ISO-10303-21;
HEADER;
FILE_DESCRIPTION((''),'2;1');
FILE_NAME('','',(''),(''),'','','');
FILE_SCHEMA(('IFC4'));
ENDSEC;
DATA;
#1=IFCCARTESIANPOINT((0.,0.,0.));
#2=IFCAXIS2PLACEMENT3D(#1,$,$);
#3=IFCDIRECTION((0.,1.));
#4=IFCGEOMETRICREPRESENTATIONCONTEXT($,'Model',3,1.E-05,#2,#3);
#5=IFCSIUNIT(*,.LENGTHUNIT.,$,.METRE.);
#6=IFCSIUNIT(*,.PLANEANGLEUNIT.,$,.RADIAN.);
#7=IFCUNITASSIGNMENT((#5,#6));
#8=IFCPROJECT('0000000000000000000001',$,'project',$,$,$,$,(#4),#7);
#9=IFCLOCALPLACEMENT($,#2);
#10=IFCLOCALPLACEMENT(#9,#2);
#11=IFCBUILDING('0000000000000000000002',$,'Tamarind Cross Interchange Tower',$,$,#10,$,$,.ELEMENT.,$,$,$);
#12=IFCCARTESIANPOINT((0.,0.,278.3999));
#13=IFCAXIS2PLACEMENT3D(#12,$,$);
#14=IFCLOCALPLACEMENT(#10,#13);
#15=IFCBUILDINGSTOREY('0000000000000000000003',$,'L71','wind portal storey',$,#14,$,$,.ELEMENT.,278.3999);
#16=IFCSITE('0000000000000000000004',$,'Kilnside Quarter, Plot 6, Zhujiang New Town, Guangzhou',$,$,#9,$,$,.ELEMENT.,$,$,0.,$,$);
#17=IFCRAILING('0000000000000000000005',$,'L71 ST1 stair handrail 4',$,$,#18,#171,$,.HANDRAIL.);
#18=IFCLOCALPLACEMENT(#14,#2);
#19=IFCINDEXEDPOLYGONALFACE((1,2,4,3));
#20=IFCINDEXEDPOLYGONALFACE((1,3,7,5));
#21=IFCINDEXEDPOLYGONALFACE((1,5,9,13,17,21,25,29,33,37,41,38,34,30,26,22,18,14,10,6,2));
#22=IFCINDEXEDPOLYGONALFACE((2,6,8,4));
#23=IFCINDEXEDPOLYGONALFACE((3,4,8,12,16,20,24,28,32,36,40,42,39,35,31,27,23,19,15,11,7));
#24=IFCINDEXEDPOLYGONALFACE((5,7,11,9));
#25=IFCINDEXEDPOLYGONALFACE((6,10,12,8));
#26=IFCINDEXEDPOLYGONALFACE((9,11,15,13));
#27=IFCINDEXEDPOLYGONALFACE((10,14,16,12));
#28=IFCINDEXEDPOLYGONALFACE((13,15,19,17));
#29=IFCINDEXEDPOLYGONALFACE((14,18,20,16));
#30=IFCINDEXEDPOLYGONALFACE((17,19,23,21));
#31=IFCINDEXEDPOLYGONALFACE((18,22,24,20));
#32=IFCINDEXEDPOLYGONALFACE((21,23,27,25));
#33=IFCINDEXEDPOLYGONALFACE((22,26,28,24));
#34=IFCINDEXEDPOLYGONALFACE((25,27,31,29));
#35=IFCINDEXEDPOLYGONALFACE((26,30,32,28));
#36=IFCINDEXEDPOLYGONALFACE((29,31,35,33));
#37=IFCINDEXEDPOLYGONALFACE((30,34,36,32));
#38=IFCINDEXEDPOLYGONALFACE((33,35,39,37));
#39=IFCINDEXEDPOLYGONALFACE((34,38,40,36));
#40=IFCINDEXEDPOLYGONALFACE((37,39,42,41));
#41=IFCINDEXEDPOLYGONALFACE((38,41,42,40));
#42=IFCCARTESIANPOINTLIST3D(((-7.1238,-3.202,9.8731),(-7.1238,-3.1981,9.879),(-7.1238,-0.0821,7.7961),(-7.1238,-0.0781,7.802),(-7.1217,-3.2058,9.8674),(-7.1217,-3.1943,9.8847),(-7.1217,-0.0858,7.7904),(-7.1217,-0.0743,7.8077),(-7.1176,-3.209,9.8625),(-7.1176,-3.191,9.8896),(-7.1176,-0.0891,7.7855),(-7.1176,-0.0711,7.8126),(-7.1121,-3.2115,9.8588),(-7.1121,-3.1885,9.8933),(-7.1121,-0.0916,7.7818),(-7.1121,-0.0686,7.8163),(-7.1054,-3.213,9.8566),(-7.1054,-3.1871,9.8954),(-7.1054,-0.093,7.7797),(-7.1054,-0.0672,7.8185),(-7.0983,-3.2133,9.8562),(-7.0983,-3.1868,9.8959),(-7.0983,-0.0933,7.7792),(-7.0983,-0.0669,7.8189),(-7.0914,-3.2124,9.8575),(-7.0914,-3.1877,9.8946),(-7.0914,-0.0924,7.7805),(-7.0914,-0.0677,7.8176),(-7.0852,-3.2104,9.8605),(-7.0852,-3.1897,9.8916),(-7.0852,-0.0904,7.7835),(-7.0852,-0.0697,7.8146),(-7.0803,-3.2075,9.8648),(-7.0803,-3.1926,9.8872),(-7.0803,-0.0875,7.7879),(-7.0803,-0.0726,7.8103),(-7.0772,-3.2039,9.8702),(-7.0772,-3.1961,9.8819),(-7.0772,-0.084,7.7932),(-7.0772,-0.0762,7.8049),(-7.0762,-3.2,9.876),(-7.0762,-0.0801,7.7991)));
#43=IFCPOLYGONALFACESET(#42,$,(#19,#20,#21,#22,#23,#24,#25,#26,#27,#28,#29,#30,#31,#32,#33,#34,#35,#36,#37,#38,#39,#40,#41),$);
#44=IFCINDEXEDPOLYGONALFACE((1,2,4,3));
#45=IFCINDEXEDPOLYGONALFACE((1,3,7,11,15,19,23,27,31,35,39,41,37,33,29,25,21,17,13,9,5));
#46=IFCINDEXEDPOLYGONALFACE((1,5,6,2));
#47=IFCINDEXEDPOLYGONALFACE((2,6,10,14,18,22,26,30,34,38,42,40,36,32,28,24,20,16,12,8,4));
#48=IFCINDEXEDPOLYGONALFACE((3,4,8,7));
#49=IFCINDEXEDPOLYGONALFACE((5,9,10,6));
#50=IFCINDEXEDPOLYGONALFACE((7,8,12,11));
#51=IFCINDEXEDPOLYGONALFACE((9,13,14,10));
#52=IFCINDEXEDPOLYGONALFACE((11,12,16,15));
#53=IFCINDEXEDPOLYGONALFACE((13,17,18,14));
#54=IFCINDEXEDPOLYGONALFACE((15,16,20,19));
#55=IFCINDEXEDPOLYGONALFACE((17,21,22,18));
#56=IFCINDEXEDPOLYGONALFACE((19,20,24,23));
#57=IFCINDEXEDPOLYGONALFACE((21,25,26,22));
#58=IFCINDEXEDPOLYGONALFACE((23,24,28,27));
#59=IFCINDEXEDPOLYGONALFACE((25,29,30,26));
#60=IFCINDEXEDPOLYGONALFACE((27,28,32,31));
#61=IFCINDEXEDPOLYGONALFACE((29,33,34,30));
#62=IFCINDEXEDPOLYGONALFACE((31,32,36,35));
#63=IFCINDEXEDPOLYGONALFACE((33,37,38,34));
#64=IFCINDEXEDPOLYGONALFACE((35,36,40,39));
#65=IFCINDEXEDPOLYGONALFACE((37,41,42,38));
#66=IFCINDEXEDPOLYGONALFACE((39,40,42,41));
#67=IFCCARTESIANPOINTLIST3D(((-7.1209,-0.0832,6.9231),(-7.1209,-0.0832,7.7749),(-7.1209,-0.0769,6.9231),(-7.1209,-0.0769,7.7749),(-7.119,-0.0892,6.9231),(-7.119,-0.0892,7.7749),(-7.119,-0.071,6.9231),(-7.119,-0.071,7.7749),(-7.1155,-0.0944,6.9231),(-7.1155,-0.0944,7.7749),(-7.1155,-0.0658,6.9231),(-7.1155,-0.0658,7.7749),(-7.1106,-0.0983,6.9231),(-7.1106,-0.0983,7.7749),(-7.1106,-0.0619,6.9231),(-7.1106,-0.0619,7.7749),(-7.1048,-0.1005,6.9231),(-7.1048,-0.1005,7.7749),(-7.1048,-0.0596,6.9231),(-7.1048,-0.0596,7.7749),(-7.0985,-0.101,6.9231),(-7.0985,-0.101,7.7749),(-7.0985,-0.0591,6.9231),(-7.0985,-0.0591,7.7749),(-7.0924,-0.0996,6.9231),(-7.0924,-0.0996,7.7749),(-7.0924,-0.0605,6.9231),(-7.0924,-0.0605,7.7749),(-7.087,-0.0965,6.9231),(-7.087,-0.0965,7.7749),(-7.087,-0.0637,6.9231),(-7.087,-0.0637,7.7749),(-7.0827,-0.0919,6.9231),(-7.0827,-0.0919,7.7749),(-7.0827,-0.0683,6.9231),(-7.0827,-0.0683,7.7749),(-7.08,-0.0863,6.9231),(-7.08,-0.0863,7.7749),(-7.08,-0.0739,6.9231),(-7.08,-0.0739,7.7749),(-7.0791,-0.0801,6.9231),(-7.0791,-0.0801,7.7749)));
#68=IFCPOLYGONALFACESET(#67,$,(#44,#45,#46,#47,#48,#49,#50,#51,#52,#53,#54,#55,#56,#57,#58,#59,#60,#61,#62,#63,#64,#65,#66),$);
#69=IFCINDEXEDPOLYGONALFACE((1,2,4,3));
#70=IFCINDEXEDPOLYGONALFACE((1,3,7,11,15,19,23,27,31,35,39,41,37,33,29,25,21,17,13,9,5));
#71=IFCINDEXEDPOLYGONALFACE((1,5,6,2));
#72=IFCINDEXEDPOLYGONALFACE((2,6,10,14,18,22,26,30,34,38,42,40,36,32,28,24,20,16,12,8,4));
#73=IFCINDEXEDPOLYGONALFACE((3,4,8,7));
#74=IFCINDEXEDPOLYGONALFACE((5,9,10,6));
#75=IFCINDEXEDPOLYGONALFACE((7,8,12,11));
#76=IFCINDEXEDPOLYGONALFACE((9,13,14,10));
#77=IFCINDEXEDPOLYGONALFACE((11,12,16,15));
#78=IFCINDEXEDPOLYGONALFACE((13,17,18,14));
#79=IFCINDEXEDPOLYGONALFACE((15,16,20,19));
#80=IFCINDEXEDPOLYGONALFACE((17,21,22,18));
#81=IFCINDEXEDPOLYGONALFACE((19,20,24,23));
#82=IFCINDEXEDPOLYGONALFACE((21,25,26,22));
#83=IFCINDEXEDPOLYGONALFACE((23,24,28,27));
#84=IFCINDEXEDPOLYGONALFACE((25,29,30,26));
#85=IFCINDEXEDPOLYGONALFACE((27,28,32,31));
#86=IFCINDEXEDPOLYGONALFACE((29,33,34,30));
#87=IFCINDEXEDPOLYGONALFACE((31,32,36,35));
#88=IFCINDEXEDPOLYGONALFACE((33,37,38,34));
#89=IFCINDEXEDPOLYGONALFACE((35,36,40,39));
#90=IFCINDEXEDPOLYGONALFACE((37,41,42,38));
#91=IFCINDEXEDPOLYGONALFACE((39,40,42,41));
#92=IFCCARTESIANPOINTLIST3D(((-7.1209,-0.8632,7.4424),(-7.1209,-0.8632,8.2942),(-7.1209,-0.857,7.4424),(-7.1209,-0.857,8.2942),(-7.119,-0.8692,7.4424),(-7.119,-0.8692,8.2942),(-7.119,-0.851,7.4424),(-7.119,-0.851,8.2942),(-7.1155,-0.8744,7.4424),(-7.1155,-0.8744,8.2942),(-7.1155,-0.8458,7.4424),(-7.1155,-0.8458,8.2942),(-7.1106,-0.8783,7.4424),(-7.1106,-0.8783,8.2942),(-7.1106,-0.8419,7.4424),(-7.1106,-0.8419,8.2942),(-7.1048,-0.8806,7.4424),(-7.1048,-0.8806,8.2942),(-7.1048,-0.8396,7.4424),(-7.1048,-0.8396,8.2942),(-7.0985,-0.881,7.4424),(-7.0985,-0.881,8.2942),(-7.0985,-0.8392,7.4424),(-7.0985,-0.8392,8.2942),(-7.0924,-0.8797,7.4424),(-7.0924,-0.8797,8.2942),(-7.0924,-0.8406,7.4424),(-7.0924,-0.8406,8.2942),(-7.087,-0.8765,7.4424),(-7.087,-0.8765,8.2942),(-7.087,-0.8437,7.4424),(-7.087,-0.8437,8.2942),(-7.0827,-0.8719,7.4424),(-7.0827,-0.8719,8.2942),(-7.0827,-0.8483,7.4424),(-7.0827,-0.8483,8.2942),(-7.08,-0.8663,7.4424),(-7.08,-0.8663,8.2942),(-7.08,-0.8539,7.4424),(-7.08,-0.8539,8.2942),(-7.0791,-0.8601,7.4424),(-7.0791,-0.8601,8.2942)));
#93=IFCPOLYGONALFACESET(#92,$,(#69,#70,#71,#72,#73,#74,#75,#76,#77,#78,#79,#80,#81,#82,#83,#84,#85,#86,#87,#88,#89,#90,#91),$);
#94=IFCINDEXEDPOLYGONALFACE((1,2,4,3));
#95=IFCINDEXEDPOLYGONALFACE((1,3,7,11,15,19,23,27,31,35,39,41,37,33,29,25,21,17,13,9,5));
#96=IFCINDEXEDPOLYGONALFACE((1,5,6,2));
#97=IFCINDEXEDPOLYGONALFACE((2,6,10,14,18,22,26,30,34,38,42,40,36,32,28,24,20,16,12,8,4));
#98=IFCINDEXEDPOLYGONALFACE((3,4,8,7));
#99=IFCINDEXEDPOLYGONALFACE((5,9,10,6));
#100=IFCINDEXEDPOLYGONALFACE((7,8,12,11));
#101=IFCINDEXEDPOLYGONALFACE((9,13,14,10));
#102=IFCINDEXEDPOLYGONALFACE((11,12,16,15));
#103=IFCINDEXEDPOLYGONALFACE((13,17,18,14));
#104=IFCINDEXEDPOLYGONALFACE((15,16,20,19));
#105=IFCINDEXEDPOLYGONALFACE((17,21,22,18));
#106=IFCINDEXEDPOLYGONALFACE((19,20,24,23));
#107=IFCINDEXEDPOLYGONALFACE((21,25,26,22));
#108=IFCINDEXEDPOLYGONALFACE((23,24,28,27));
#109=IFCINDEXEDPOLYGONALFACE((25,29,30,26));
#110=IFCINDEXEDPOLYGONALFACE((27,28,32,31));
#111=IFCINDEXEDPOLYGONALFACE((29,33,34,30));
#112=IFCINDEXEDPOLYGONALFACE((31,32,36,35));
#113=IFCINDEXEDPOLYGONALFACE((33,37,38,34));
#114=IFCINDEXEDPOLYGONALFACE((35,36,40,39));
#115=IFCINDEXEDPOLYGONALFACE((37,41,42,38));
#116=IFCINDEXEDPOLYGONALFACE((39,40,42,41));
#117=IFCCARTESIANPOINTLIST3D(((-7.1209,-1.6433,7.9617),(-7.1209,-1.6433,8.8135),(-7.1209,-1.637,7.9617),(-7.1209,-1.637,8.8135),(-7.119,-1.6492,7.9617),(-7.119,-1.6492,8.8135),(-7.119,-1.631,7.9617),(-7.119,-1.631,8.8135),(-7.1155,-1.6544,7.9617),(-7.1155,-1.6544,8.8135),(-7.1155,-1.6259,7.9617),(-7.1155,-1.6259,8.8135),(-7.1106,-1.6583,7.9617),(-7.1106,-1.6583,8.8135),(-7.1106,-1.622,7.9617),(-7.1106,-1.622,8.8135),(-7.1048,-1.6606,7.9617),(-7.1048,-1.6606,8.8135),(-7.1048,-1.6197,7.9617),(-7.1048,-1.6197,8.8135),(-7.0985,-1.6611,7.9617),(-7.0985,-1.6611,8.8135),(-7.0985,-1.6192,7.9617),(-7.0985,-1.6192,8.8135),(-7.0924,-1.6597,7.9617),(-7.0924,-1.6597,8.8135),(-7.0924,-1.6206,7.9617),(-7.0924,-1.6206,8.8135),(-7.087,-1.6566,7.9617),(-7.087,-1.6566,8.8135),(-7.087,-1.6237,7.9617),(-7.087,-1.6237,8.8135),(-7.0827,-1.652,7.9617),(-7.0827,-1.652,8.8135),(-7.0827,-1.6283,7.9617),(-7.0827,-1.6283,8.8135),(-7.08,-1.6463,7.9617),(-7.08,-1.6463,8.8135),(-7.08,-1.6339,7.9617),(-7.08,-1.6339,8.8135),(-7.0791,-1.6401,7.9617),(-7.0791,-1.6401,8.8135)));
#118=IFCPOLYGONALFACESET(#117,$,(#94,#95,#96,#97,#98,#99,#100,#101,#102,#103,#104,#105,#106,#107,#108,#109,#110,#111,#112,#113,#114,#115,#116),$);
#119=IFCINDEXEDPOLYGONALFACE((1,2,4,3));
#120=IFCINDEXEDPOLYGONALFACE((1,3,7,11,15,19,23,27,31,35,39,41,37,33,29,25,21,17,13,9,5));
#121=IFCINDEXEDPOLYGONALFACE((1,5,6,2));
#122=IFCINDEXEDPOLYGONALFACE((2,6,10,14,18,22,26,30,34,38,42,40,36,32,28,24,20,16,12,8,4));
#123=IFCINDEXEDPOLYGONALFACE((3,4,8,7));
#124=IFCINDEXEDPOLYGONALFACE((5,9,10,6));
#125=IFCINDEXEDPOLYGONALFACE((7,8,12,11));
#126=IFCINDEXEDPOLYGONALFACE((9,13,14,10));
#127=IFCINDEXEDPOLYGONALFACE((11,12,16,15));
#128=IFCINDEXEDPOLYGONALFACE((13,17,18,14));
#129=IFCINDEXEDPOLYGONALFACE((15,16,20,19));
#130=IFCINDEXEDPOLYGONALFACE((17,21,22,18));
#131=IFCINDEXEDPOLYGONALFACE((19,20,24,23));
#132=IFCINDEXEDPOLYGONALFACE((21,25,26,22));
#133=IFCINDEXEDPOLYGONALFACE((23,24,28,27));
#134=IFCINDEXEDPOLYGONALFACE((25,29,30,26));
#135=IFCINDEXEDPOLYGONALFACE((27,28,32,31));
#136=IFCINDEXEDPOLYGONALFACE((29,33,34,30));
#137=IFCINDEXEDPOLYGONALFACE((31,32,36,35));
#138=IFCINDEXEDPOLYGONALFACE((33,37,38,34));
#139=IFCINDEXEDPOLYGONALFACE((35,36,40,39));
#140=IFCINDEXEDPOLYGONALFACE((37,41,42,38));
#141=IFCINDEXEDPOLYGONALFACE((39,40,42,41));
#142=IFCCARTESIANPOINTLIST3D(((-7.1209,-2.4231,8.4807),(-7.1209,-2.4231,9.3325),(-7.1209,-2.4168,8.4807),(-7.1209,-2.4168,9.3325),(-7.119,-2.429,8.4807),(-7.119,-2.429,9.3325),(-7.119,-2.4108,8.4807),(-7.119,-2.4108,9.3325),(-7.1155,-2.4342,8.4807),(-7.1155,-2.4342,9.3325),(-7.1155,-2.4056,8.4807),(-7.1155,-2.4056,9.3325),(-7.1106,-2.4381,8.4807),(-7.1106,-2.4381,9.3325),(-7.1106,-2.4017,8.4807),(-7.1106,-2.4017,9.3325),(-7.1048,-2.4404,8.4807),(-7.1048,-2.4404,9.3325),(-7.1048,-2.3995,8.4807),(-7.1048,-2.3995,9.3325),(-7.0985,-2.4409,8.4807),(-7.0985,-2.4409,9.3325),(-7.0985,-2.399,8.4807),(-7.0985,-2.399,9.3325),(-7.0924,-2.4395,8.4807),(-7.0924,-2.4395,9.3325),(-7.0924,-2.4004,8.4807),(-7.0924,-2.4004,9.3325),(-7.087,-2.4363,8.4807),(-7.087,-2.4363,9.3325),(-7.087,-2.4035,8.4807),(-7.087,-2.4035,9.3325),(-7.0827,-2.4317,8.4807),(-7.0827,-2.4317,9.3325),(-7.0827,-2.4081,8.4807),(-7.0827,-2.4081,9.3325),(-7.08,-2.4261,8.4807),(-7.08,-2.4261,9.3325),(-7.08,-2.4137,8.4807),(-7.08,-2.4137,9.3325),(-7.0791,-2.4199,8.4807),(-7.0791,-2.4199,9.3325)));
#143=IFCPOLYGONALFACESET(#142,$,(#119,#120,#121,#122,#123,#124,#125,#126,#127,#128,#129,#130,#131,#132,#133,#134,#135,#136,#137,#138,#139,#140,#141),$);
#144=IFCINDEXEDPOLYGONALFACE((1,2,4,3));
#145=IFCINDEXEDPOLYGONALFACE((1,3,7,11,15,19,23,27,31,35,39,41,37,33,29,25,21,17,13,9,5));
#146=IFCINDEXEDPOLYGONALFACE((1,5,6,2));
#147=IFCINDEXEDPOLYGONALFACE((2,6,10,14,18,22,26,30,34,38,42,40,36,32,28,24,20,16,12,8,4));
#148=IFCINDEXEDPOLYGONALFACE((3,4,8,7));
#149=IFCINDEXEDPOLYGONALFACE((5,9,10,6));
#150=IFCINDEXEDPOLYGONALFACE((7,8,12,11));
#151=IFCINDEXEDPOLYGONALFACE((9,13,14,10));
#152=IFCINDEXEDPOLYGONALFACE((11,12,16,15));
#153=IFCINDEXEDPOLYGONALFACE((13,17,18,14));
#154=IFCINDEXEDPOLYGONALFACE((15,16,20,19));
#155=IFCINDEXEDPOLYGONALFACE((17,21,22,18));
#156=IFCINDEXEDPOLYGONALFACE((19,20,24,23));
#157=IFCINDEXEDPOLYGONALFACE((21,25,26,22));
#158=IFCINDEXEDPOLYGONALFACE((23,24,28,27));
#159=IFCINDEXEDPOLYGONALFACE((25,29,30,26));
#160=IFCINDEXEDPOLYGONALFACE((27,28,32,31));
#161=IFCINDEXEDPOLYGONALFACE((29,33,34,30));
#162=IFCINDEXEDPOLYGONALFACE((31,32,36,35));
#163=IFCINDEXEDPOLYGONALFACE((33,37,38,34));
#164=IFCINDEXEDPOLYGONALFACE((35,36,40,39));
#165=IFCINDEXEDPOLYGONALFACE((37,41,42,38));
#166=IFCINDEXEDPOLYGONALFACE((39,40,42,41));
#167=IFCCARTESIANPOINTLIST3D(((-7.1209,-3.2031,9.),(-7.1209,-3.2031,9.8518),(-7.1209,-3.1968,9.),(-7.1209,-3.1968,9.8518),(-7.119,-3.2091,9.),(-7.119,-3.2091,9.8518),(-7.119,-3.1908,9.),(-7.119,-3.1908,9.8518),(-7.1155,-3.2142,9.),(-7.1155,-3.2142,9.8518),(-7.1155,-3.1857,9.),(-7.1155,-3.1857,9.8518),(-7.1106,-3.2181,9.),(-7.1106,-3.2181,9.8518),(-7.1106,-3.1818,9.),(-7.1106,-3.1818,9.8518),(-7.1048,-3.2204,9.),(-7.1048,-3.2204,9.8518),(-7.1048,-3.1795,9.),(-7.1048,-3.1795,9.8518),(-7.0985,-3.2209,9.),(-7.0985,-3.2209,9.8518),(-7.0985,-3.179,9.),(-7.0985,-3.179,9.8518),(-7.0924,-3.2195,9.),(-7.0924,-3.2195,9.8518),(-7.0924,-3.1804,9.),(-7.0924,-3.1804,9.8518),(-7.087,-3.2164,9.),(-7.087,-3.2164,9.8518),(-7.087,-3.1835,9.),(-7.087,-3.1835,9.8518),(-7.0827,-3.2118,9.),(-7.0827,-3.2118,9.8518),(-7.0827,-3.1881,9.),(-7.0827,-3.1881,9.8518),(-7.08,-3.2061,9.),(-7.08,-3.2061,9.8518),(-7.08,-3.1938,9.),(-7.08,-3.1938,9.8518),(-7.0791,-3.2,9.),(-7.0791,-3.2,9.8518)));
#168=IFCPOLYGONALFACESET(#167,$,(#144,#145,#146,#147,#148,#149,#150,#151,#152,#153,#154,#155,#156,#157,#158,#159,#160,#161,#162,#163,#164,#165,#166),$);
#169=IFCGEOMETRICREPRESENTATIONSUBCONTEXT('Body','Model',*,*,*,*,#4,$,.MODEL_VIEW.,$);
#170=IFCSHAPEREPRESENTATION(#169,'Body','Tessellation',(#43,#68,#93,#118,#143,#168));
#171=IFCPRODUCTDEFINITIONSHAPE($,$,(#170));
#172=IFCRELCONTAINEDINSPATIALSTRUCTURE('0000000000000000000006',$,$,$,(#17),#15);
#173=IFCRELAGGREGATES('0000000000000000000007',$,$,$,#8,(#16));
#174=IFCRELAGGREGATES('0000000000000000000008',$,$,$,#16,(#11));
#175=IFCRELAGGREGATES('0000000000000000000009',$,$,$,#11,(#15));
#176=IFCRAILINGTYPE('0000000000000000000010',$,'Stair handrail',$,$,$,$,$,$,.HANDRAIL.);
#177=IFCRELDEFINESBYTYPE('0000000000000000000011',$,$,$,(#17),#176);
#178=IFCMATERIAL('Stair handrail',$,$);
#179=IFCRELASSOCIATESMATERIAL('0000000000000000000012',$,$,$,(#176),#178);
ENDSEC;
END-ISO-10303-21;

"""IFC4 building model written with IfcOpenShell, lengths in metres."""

from ifc_helpers import new_model, si_unit, direction, frame, origin, origin_2d, place, context, subcontext, project, spatial, circle, extrude, material, type_object, element, save


model = new_model("IFC4")

# Units and contexts
model_context = context("Model", 3, precision=1e-05, world=origin(), true_north=direction((0.0, 1.0)))
body_context = subcontext(model_context, "Body", "Model", "MODEL_VIEW")
ifc_project = project(units=[si_unit("LENGTHUNIT", "METRE"), si_unit("PLANEANGLEUNIT", "RADIAN")], contexts=[model_context])

# Site, building, storey
site_placement = place(None, origin())
site = spatial("IfcSite", under=ifc_project, at=site_placement, Name="Kilnside Quarter, Plot 6, Zhujiang New Town, Guangzhou", CompositionType="ELEMENT", RefElevation=0.0)
building_placement = place(site_placement, origin())
building = spatial("IfcBuilding", under=site, at=building_placement, Name="Tamarind Cross Interchange Tower", CompositionType="ELEMENT")
storey_placement = place(building_placement, frame((0.0, 0.0, 278.3999)))
storey = spatial("IfcBuildingStorey", under=building, at=storey_placement, Name="L71", Description="wind portal storey", CompositionType="ELEMENT", Elevation=278.3999)

# Railing
ifc_material_1 = material(Name="Stair handrail")
railing_type_1 = type_object("IfcRailingType", Name="Stair handrail", PredefinedType="HANDRAIL", material=ifc_material_1)
railing_1_placement = place(storey_placement, frame((-7.1001, -0.0801, 6.9231)))
element("IfcRailing", 1, at=railing_1_placement, inside=storey, type_object=railing_type_1, Name="L71 ST1 stair handrail 4", PredefinedType="HANDRAIL", context=body_context, shape_type="SweptSolid", body=[
    extrude(circle(Radius=0.0239, at=origin_2d()), frame((0.0, 0.0, 0.876), z_axis=(0.0, -0.832421, 0.554144), x_axis=(1.0, 0.0, 0.0)), (0.0, 0.0, 1.0), 3.748),
    extrude(circle(Radius=0.021, at=origin_2d()), origin(), (0.0, 0.0, 1.0), 0.8518),
    extrude(circle(Radius=0.021, at=origin_2d()), frame((0.0, -0.78, 0.5193)), (0.0, 0.0, 1.0), 0.8518),
    extrude(circle(Radius=0.021, at=origin_2d()), frame((0.0, -1.5601, 1.0386)), (0.0, 0.0, 1.0), 0.8518),
    extrude(circle(Radius=0.021, at=origin_2d()), frame((0.0, -2.3398, 1.5576)), (0.0, 0.0, 1.0), 0.8518),
    extrude(circle(Radius=0.021, at=origin_2d()), frame((0.0, -3.1199, 2.0769)), (0.0, 0.0, 1.0), 0.8518),
])

save(model, "model.ifc")
